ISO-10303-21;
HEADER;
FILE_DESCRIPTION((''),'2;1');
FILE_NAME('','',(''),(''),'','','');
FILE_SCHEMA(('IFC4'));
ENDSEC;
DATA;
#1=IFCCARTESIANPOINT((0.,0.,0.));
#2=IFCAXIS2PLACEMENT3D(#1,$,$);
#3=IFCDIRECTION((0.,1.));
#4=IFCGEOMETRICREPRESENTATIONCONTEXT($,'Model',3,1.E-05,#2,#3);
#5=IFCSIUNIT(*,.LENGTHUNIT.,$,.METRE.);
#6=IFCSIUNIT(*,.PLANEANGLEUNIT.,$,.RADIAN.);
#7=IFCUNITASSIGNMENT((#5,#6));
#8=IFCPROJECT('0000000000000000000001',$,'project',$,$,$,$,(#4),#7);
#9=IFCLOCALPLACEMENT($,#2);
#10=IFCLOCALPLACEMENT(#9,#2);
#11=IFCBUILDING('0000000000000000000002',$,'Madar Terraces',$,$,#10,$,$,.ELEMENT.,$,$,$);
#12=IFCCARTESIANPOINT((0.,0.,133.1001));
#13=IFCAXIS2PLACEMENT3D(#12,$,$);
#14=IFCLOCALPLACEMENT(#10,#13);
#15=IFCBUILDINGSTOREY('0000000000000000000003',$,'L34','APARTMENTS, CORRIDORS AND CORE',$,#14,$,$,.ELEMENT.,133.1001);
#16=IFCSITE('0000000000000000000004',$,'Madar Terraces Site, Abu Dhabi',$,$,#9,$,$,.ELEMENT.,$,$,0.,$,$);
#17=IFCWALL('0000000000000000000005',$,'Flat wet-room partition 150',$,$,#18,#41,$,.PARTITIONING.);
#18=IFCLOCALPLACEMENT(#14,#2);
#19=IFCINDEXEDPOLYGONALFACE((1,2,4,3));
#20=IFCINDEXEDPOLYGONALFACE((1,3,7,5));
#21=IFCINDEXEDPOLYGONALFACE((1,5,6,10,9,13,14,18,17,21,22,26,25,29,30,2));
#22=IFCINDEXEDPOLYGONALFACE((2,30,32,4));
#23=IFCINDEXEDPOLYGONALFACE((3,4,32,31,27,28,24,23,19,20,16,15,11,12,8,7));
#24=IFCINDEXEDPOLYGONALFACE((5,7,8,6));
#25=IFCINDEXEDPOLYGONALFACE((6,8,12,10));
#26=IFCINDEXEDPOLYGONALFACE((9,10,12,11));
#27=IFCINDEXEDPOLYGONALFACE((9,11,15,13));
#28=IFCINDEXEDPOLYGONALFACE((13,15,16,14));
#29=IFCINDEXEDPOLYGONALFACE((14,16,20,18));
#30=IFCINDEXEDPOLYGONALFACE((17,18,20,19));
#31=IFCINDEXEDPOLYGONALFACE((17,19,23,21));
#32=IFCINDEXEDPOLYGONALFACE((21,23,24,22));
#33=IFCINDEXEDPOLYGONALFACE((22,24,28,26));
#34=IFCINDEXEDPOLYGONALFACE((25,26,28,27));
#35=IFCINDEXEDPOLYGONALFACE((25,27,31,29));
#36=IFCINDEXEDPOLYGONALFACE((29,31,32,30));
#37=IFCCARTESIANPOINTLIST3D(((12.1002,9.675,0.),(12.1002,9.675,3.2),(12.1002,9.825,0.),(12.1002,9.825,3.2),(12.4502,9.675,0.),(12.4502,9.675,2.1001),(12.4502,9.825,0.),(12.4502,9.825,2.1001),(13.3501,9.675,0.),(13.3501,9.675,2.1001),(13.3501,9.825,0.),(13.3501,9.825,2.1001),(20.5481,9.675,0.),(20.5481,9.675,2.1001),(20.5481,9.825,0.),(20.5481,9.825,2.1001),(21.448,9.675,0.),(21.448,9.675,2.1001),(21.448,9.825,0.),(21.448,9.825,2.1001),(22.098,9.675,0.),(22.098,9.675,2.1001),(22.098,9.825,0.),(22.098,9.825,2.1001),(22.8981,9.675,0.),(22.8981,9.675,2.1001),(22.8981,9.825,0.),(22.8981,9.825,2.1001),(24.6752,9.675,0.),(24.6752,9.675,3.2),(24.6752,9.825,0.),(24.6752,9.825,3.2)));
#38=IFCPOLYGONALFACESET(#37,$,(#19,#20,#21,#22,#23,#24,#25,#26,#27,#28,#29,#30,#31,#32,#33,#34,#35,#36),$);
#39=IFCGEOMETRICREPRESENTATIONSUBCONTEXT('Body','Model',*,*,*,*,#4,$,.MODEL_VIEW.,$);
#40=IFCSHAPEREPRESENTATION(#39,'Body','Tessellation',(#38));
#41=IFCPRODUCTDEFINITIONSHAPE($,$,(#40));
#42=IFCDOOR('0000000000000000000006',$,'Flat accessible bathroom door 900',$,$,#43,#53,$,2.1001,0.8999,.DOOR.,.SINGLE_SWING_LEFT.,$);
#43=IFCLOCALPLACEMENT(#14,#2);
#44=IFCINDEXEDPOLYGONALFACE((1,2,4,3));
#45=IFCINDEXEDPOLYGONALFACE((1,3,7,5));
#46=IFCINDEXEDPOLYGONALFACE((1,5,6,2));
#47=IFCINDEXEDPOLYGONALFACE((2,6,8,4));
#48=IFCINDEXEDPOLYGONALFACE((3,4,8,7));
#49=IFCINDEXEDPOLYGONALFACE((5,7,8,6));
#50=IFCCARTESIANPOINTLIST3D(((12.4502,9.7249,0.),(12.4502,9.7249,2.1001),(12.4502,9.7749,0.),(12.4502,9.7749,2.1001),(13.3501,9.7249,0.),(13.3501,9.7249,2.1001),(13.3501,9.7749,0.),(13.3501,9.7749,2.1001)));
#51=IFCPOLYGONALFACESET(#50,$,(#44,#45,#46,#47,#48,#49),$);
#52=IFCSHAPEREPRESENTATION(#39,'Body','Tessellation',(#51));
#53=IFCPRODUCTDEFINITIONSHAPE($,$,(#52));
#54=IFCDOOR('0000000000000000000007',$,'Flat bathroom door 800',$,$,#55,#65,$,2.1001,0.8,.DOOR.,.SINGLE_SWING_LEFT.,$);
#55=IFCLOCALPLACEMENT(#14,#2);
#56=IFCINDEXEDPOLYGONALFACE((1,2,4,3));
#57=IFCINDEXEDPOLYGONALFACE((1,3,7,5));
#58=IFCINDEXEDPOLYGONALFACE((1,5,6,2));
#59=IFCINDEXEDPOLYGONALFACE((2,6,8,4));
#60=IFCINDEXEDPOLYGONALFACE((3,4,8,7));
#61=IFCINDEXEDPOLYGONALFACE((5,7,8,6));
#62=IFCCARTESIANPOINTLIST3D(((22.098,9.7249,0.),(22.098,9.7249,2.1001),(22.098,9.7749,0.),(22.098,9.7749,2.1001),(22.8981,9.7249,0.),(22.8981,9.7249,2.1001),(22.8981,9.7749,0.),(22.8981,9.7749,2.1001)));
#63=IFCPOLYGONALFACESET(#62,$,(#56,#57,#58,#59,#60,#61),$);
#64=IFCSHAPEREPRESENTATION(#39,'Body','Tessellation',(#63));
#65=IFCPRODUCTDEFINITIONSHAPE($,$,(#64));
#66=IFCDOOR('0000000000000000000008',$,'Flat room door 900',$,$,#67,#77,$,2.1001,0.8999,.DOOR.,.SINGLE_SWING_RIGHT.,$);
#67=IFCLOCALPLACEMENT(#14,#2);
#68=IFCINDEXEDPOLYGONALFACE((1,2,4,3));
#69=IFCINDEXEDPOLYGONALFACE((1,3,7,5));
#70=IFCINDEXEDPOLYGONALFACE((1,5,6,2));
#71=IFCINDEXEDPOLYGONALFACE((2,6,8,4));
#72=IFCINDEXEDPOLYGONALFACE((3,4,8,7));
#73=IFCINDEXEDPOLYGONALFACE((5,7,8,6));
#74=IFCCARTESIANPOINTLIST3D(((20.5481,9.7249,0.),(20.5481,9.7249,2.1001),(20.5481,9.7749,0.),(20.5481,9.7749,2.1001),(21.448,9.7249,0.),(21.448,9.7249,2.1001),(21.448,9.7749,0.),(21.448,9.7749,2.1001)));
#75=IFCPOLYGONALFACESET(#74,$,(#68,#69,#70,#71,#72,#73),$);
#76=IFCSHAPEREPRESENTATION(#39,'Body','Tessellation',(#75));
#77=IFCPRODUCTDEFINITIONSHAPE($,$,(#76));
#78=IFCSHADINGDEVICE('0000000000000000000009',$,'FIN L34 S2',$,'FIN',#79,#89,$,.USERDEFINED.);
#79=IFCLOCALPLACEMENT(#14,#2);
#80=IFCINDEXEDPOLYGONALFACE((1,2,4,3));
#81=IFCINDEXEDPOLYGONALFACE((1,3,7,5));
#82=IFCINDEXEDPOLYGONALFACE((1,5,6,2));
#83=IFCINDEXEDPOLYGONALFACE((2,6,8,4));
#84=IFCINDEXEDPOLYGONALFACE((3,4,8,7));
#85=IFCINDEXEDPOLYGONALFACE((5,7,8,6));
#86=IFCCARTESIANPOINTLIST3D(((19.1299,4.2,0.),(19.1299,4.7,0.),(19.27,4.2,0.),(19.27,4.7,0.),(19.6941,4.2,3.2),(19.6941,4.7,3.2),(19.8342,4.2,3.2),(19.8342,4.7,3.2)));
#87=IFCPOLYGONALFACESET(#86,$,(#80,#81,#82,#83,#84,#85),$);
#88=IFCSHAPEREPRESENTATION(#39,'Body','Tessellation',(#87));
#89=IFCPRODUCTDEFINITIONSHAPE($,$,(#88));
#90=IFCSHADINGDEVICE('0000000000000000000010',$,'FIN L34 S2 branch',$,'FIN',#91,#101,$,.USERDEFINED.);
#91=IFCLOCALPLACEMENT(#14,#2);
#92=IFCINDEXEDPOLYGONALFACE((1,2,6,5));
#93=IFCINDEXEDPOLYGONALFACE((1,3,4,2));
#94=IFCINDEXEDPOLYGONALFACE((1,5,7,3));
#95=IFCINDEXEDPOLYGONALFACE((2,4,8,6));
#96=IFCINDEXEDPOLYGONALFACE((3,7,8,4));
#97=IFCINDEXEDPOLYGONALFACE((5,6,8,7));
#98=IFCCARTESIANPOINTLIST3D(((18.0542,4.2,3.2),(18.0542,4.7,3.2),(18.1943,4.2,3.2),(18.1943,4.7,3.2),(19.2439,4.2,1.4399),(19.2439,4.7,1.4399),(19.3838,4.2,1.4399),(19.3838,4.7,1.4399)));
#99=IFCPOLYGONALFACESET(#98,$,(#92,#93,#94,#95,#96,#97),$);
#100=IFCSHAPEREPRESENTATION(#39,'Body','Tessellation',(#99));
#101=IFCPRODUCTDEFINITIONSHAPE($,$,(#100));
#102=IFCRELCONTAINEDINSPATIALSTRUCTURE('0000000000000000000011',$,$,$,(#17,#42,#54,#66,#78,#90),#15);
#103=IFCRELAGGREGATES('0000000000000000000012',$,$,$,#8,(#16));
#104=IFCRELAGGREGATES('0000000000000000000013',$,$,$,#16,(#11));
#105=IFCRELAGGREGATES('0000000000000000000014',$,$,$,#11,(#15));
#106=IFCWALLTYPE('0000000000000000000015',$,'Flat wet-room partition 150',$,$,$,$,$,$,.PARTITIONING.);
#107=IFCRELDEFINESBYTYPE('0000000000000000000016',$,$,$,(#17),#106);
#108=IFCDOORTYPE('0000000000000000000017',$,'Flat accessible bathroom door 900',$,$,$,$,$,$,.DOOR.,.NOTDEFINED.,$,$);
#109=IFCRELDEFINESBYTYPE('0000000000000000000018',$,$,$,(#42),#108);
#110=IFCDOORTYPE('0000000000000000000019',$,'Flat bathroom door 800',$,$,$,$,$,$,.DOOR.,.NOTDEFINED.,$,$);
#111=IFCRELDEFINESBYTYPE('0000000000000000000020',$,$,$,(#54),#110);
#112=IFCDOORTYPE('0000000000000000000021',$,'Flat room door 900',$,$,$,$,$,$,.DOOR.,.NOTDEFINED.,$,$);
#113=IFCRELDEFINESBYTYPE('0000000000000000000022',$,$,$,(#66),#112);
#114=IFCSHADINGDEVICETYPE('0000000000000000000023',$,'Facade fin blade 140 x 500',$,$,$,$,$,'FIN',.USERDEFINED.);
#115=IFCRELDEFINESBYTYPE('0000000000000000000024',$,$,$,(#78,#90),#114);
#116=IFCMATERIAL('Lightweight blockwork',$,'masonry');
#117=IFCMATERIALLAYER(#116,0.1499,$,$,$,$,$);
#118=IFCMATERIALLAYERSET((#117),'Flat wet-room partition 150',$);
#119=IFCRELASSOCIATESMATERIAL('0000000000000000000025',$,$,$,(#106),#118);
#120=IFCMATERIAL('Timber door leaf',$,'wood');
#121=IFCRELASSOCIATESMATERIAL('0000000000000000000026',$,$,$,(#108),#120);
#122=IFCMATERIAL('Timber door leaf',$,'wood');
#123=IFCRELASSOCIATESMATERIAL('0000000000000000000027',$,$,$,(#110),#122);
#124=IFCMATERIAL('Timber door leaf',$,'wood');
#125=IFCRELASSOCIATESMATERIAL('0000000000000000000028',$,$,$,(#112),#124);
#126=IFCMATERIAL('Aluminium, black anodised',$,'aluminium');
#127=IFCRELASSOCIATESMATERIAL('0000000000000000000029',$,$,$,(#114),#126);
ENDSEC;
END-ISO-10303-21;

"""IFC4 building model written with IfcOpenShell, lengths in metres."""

from ifc_helpers import new_model, si_unit, direction, frame, frame_2d, origin, place, context, subcontext, project, spatial, polyline, rectangle, outline, extrude, material, layer, layer_set, type_object, element, fill, save


model = new_model("IFC4")

# Units and contexts
model_context = context("Model", 3, precision=1e-05, world=origin(), true_north=direction((0.0, 1.0)))
body_context = subcontext(model_context, "Body", "Model", "MODEL_VIEW")
ifc_project = project(units=[si_unit("LENGTHUNIT", "METRE"), si_unit("PLANEANGLEUNIT", "RADIAN")], contexts=[model_context])

# Site, building, storey
site_placement = place(None, origin())
site = spatial("IfcSite", under=ifc_project, at=site_placement, Name="Madar Terraces Site, Abu Dhabi", CompositionType="ELEMENT", RefElevation=0.0)
building_placement = place(site_placement, origin())
building = spatial("IfcBuilding", under=site, at=building_placement, Name="Madar Terraces", CompositionType="ELEMENT")
storey_placement = place(building_placement, frame((0.0, 0.0, 133.1001)))
storey = spatial("IfcBuildingStorey", under=building, at=storey_placement, Name="L34", Description="APARTMENTS, CORRIDORS AND CORE", CompositionType="ELEMENT", Elevation=133.1001)

# Shared definitions
ifc_material_1 = material(Name="Lightweight blockwork", Category="masonry")
ifc_layer_1 = layer(ifc_material_1, 0.1499)
ifc_layer_set_1 = layer_set([ifc_layer_1], Name="Flat wet-room partition 150")
wall_type_1 = type_object("IfcWallType", Name="Flat wet-room partition 150", PredefinedType="PARTITIONING", material=ifc_layer_set_1)

# Wall, openings, doors
wall_1_placement = place(storey_placement, frame((12.1001, 9.75, 0.0), z_axis=(0.0, 0.0, 1.0), x_axis=(1.0, 0.0, 0.0)))
wall_1 = element("IfcWall", 1, at=wall_1_placement, inside=storey, type_object=wall_type_1, Name="Flat wet-room partition 150", PredefinedType="PARTITIONING", context=body_context, shape_type="SweptSolid", body=[
    extrude(rectangle(XDim=12.575, YDim=0.1499, at=frame_2d((6.2876, 0.0))), origin(), (0.0, 0.0, 1.0), 3.2),
])
opening_1_placement = place(wall_1_placement, frame((9.998, 0.0, 0.0)))
opening_1 = element("IfcOpeningElement", 2, at=opening_1_placement, cuts=wall_1, PredefinedType="OPENING", context=body_context, shape_type="SweptSolid", body=[
    extrude(rectangle(XDim=0.8, YDim=2.1001, at=frame_2d((0.3999, 1.05))), frame((0.0, 0.085, 0.0), z_axis=(0.0, -1.0, 0.0), x_axis=(1.0, 0.0, 0.0)), (0.0, 0.0, 1.0), 0.1699),
])
opening_2_placement = place(wall_1_placement, frame((8.448, 0.0, 0.0)))
opening_2 = element("IfcOpeningElement", 3, at=opening_2_placement, cuts=wall_1, PredefinedType="OPENING", context=body_context, shape_type="SweptSolid", body=[
    extrude(rectangle(XDim=0.8999, YDim=2.1001, at=frame_2d((0.45, 1.05))), frame((0.0, 0.085, 0.0), z_axis=(0.0, -1.0, 0.0), x_axis=(1.0, 0.0, 0.0)), (0.0, 0.0, 1.0), 0.1699),
])
opening_3_placement = place(wall_1_placement, frame((0.3501, 0.0, 0.0)))
opening_3 = element("IfcOpeningElement", 4, at=opening_3_placement, cuts=wall_1, PredefinedType="OPENING", context=body_context, shape_type="SweptSolid", body=[
    extrude(rectangle(XDim=0.8999, YDim=2.1001, at=frame_2d((0.45, 1.05))), frame((0.0, 0.085, 0.0), z_axis=(0.0, -1.0, 0.0), x_axis=(1.0, 0.0, 0.0)), (0.0, 0.0, 1.0), 0.1699),
])
ifc_material_2 = material(Name="Timber door leaf", Category="wood")
door_type_1 = type_object("IfcDoorType", Name="Flat accessible bathroom door 900", OperationType="NOTDEFINED", PredefinedType="DOOR", material=ifc_material_2)
door_1_placement = place(opening_3_placement, origin())
door_1 = element("IfcDoor", 5, at=door_1_placement, inside=storey, type_object=door_type_1, Name="Flat accessible bathroom door 900", OperationType="SINGLE_SWING_LEFT", OverallHeight=2.1001, OverallWidth=0.8999, PredefinedType="DOOR", context=body_context, shape_type="SweptSolid", body=[
    extrude(rectangle(XDim=0.8999, YDim=2.1001, at=frame_2d((0.45, 1.05))), frame((0.0, 0.0249, 0.0), z_axis=(0.0, -1.0, 0.0), x_axis=(1.0, 0.0, 0.0)), (0.0, 0.0, 1.0), 0.05),
])
fill(opening_3, door_1)
ifc_material_3 = material(Name="Timber door leaf", Category="wood")
door_type_2 = type_object("IfcDoorType", Name="Flat bathroom door 800", OperationType="NOTDEFINED", PredefinedType="DOOR", material=ifc_material_3)
door_2_placement = place(opening_1_placement, origin())
door_2 = element("IfcDoor", 6, at=door_2_placement, inside=storey, type_object=door_type_2, Name="Flat bathroom door 800", OperationType="SINGLE_SWING_LEFT", OverallHeight=2.1001, OverallWidth=0.8, PredefinedType="DOOR", context=body_context, shape_type="SweptSolid", body=[
    extrude(rectangle(XDim=0.8, YDim=2.1001, at=frame_2d((0.3999, 1.05))), frame((0.0, 0.0249, 0.0), z_axis=(0.0, -1.0, 0.0), x_axis=(1.0, 0.0, 0.0)), (0.0, 0.0, 1.0), 0.05),
])
fill(opening_1, door_2)
ifc_material_4 = material(Name="Timber door leaf", Category="wood")
door_type_3 = type_object("IfcDoorType", Name="Flat room door 900", OperationType="NOTDEFINED", PredefinedType="DOOR", material=ifc_material_4)
door_3_placement = place(opening_2_placement, origin())
door_3 = element("IfcDoor", 7, at=door_3_placement, inside=storey, type_object=door_type_3, Name="Flat room door 900", OperationType="SINGLE_SWING_RIGHT", OverallHeight=2.1001, OverallWidth=0.8999, PredefinedType="DOOR", context=body_context, shape_type="SweptSolid", body=[
    extrude(rectangle(XDim=0.8999, YDim=2.1001, at=frame_2d((0.45, 1.05))), frame((0.0, 0.0249, 0.0), z_axis=(0.0, -1.0, 0.0), x_axis=(1.0, 0.0, 0.0)), (0.0, 0.0, 1.0), 0.05),
])
fill(opening_2, door_3)

# Shading devices
ifc_material_5 = material(Name="Aluminium, black anodised", Category="aluminium")
shading_device_type = type_object("IfcShadingDeviceType", Name="Facade fin blade 140 x 500", ElementType="FIN", PredefinedType="USERDEFINED", material=ifc_material_5)
shading_device_1_placement = place(storey_placement, frame((19.1299, 4.45, 0.0), z_axis=(0.0, 0.0, 1.0), x_axis=(1.0, 0.0, 0.0)))
element("IfcShadingDevice", 8, at=shading_device_1_placement, inside=storey, type_object=shading_device_type, Name="FIN L34 S2", ObjectType="FIN", PredefinedType="USERDEFINED", context=body_context, shape_type="SweptSolid", body=[
    extrude(outline(polyline([(0.0, 0.0), (0.1401, 0.0), (0.7043, 3.2), (0.5642, 3.2), (0.0, 0.0)])), frame((0.0, 0.25, 0.0), z_axis=(0.0, -1.0, 0.0), x_axis=(1.0, 0.0, 0.0)), (0.0, 0.0, 1.0), 0.5),
])
shading_device_2_placement = place(storey_placement, frame((19.2439, 4.45, 1.4399), z_axis=(0.0, 0.0, 1.0), x_axis=(1.0, 0.0, 0.0)))
element("IfcShadingDevice", 9, at=shading_device_2_placement, inside=storey, type_object=shading_device_type, Name="FIN L34 S2 branch", ObjectType="FIN", PredefinedType="USERDEFINED", context=body_context, shape_type="SweptSolid", body=[
    extrude(outline(polyline([(0.0, 0.0), (0.1399, 0.0), (-1.0496, 1.76), (-1.1897, 1.76), (0.0, 0.0)])), frame((0.0, 0.25, 0.0), z_axis=(0.0, -1.0, 0.0), x_axis=(1.0, 0.0, 0.0)), (0.0, 0.0, 1.0), 0.5),
])

save(model, "model.ifc")
